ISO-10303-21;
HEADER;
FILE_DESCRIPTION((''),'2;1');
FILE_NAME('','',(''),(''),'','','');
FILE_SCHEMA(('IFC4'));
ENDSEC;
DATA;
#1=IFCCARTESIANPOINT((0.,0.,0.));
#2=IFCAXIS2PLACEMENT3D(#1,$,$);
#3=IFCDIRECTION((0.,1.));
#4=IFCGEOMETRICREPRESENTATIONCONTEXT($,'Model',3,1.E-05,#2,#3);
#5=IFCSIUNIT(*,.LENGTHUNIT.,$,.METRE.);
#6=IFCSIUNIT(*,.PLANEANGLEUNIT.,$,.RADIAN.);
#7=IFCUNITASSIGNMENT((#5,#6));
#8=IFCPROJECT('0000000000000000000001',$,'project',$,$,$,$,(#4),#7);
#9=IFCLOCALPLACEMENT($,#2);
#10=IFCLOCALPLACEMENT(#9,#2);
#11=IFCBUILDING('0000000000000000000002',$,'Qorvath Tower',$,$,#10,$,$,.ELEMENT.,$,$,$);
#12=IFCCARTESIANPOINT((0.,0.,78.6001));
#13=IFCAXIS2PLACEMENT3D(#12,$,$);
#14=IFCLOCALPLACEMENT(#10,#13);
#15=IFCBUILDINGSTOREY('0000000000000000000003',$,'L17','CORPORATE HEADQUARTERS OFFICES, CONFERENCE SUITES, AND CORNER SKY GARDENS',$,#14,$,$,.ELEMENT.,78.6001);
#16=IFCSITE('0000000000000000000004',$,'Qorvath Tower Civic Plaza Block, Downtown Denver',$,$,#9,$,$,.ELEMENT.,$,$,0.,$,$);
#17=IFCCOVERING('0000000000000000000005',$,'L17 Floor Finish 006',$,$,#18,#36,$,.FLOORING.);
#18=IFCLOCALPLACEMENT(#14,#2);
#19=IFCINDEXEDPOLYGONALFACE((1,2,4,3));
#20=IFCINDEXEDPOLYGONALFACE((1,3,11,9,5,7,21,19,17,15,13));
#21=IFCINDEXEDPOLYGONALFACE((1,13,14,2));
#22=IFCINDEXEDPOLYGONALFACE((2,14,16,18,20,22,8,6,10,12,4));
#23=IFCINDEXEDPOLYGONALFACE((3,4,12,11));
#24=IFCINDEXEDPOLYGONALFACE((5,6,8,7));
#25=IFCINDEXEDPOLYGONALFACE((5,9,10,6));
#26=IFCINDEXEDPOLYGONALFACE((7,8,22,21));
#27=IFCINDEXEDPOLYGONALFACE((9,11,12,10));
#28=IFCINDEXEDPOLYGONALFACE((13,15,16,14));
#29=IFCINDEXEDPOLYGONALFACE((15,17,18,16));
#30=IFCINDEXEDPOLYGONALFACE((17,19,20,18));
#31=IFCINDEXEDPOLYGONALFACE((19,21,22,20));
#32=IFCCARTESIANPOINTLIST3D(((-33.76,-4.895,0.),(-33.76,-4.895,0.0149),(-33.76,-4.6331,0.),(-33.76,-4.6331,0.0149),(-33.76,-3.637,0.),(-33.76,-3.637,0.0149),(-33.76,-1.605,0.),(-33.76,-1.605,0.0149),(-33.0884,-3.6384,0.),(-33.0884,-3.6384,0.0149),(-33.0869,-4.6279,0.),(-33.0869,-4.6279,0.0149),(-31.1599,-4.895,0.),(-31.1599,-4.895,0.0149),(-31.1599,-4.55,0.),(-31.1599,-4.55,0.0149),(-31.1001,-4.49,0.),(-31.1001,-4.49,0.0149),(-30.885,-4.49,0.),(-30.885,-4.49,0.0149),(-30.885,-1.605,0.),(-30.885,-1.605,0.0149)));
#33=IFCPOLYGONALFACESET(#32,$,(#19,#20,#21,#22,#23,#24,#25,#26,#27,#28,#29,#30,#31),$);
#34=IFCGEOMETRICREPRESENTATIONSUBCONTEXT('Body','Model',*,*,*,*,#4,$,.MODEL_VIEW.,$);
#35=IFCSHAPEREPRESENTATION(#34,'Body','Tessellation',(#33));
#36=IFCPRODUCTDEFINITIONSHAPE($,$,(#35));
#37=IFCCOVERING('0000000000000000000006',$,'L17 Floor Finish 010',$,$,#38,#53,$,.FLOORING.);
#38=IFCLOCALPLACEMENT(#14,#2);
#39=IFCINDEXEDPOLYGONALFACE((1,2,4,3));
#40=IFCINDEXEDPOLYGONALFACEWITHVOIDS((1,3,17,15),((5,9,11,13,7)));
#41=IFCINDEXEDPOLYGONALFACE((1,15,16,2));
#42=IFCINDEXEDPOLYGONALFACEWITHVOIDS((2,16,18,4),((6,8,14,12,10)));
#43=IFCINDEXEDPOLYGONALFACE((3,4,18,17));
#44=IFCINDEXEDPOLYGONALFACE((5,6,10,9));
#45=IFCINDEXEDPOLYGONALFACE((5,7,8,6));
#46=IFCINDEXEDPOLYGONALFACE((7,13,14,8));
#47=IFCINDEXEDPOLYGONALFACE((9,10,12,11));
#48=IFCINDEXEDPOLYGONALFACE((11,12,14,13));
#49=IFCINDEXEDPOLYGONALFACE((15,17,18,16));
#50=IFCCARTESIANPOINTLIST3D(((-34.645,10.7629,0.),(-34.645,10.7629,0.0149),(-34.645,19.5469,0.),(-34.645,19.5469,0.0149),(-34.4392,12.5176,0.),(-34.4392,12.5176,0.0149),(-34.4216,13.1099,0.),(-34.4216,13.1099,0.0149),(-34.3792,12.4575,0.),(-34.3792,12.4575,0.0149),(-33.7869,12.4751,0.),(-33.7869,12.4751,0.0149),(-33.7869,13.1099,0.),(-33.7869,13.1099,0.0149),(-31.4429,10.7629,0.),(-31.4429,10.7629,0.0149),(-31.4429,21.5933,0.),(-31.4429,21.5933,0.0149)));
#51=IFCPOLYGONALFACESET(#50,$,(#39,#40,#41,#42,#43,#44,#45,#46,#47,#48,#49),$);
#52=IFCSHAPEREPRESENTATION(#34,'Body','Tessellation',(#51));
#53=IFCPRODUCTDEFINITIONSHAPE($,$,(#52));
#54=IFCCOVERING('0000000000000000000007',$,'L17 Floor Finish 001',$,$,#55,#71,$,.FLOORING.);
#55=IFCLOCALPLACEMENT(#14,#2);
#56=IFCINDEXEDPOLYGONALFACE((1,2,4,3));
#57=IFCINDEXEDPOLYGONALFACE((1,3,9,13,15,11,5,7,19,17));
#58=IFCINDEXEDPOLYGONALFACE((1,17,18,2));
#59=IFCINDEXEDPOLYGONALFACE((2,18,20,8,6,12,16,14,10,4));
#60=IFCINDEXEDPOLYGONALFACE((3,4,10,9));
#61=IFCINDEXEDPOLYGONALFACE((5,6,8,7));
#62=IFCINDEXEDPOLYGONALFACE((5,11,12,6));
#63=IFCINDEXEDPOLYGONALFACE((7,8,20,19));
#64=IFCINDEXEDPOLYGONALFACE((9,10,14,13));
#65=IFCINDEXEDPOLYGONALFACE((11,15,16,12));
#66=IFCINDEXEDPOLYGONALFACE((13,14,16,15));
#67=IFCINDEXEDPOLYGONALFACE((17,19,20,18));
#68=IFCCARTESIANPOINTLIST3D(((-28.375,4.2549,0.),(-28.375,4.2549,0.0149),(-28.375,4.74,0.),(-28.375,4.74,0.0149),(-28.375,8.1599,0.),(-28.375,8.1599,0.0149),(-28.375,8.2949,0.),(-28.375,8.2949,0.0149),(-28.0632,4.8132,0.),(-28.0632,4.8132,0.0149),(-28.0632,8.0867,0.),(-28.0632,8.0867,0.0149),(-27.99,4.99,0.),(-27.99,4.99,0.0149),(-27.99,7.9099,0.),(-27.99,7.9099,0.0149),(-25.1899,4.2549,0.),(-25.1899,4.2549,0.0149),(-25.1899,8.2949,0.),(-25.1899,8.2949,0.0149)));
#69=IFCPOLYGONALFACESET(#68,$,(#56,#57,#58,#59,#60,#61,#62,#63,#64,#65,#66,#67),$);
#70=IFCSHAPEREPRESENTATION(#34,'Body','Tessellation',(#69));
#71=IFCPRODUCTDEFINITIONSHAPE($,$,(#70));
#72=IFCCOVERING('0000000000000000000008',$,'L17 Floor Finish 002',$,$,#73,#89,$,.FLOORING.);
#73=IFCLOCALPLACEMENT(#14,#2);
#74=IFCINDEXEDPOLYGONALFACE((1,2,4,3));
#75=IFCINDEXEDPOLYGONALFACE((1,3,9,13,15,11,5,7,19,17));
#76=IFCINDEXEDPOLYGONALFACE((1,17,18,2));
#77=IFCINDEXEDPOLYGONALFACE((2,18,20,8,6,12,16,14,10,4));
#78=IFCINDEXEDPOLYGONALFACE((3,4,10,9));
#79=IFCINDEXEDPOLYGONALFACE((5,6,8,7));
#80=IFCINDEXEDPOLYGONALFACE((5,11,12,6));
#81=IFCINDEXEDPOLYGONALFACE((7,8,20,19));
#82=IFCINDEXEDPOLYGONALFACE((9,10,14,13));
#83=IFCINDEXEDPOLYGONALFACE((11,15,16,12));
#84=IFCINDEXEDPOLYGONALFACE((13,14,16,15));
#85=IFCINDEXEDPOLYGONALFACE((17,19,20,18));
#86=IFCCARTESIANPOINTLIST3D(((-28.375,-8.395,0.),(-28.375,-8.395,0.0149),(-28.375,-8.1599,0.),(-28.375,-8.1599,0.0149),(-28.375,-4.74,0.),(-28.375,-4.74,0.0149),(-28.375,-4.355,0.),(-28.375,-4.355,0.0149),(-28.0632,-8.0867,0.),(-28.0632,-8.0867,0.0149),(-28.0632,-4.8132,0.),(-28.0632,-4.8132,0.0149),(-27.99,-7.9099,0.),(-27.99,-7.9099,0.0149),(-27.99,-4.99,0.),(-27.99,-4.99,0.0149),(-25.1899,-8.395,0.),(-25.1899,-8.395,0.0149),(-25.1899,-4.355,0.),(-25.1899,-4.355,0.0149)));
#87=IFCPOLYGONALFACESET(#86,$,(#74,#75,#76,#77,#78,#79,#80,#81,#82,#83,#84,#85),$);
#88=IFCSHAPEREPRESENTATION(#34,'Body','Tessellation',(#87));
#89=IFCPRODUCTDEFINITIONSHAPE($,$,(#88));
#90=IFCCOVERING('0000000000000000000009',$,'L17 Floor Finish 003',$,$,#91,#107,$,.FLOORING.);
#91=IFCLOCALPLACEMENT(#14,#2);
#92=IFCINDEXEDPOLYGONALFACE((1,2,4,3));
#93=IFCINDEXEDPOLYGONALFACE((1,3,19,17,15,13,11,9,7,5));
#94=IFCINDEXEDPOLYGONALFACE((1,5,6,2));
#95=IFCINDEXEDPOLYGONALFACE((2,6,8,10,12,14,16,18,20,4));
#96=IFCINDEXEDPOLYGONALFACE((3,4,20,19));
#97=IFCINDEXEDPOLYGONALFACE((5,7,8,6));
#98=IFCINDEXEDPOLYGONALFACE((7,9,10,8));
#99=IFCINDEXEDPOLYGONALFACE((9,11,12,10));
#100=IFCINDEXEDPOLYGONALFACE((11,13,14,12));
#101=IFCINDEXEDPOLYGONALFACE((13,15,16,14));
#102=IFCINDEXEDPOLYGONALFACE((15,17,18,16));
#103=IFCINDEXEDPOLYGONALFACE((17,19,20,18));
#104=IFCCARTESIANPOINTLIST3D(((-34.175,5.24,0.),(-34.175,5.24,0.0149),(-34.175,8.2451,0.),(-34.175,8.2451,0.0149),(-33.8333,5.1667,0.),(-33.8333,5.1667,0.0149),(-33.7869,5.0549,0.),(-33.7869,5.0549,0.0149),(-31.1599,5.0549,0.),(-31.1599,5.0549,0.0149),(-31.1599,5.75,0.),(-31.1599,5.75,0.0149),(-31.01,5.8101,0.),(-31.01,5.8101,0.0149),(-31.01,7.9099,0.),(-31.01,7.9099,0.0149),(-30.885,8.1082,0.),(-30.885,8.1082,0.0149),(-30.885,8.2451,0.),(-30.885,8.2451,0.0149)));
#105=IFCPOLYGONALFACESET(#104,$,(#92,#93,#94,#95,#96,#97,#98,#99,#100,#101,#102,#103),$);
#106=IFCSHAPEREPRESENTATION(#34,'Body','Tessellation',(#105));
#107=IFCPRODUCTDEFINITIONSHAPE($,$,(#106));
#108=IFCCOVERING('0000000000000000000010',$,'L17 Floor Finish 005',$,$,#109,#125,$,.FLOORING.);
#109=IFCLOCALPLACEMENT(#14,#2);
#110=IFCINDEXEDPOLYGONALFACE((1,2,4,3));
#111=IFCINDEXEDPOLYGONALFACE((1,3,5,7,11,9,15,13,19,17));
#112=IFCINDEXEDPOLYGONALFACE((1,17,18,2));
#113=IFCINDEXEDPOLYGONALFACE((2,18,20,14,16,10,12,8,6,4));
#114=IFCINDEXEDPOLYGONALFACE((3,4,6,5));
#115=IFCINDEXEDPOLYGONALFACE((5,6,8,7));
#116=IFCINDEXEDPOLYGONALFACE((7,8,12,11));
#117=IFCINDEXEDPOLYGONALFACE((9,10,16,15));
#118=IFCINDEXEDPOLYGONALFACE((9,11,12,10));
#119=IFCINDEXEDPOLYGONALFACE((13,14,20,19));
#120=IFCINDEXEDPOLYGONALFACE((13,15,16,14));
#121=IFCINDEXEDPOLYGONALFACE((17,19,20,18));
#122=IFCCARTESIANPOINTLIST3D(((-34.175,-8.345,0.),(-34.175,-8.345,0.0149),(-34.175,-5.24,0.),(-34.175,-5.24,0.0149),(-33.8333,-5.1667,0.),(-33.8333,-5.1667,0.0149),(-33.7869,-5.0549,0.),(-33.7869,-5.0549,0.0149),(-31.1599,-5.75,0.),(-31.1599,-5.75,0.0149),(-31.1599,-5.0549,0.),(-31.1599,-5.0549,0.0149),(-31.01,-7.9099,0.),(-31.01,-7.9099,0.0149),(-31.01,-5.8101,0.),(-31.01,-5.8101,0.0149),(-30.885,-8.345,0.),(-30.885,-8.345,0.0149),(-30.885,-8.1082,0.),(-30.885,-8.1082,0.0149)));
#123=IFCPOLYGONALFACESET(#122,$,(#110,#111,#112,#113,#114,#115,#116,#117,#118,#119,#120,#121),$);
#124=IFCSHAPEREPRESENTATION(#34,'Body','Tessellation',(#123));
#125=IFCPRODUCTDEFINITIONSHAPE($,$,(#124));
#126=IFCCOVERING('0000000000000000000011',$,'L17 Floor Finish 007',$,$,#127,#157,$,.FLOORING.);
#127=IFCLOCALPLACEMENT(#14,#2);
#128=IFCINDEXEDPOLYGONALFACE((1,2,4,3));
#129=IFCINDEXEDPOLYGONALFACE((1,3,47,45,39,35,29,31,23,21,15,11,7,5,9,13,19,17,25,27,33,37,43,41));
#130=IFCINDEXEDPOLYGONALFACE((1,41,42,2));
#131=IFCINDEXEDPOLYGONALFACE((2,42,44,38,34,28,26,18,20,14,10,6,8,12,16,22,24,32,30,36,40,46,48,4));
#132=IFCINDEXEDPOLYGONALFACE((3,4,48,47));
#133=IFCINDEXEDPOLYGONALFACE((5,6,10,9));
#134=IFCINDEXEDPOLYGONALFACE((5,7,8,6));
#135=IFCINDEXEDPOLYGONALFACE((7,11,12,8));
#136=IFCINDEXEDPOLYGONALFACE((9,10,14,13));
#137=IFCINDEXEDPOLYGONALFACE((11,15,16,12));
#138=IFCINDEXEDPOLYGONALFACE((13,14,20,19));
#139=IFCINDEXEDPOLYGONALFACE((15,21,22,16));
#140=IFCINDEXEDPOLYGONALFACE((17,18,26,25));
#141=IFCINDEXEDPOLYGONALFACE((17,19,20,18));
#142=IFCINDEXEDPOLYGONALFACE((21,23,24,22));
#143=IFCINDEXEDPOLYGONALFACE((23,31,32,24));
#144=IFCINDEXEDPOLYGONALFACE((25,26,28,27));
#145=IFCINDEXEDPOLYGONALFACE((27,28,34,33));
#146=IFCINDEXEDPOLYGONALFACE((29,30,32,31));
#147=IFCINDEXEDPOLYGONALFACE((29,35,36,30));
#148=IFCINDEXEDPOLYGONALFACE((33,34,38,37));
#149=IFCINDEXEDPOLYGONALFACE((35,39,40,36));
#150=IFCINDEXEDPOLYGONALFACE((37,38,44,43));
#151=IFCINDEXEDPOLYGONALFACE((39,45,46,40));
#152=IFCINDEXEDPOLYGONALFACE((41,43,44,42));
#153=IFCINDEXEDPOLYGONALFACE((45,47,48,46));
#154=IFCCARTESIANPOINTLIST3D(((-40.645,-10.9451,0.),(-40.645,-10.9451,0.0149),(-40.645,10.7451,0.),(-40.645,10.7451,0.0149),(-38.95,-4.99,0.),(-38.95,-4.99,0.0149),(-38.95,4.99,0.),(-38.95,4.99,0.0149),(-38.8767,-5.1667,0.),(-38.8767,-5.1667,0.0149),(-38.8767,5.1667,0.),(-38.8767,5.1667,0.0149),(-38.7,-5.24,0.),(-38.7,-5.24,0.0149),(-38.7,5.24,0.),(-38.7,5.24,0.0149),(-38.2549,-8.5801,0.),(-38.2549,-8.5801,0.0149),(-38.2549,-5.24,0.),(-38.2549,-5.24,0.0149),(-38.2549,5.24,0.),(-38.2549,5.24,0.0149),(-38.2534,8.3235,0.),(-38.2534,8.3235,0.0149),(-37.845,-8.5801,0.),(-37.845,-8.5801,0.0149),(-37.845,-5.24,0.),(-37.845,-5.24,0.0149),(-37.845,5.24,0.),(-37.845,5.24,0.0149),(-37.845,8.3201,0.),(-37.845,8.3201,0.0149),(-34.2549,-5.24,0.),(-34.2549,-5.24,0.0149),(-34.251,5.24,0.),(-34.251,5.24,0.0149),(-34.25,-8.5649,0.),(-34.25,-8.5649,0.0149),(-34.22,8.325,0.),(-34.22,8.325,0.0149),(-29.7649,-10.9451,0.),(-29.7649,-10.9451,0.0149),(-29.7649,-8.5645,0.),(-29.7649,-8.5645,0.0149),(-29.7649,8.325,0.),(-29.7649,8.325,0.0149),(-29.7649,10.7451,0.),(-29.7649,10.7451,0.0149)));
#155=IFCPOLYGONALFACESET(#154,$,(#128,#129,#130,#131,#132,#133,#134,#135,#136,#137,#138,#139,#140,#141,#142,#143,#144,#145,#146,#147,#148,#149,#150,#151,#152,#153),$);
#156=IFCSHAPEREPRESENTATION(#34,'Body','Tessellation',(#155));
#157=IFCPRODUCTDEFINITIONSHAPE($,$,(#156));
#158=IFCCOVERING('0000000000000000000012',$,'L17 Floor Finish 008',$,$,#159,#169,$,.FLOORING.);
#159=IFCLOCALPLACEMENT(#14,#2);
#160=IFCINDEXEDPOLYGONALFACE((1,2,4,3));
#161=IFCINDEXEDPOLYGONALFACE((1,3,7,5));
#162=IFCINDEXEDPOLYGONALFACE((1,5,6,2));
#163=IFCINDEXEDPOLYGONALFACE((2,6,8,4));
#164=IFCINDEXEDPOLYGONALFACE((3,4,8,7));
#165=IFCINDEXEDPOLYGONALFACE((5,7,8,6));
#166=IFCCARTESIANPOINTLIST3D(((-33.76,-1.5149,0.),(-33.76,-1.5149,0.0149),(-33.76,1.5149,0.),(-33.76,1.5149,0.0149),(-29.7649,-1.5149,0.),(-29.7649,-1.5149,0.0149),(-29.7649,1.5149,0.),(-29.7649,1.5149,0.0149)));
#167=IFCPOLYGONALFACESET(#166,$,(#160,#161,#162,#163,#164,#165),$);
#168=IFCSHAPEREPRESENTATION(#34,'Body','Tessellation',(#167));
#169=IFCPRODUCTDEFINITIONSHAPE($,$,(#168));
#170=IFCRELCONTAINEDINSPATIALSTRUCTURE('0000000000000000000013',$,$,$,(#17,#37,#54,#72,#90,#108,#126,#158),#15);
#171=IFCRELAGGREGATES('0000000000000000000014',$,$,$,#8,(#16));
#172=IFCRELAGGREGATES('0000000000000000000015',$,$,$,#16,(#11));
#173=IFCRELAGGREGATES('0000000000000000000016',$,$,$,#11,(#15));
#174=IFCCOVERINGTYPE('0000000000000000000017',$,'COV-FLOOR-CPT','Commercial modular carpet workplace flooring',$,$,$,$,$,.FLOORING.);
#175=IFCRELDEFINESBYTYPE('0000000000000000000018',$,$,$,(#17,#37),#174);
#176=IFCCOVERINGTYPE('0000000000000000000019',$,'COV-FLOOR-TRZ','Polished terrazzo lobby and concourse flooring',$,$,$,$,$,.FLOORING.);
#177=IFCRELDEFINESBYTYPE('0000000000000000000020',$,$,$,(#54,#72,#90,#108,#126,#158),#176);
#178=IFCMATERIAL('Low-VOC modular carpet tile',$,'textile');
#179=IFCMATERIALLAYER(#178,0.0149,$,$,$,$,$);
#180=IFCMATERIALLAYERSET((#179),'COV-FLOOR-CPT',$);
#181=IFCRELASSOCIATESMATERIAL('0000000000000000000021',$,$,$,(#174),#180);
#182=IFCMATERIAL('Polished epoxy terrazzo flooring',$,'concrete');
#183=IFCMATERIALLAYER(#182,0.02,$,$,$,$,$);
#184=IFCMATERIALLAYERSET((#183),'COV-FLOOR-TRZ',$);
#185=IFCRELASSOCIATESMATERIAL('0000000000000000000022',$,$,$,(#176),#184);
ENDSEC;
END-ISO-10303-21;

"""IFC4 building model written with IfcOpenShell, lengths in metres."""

from ifc_helpers import new_model, si_unit, direction, frame, origin, place, context, subcontext, project, spatial, polyline, outline, extrude, material, layer, layer_set, type_object, element, save


model = new_model("IFC4")

# Units and contexts
model_context = context("Model", 3, precision=1e-05, world=origin(), true_north=direction((0.0, 1.0)))
body_context = subcontext(model_context, "Body", "Model", "MODEL_VIEW")
ifc_project = project(units=[si_unit("LENGTHUNIT", "METRE"), si_unit("PLANEANGLEUNIT", "RADIAN")], contexts=[model_context])

# Site, building, storey
site_placement = place(None, origin())
site = spatial("IfcSite", under=ifc_project, at=site_placement, Name="Qorvath Tower Civic Plaza Block, Downtown Denver", CompositionType="ELEMENT", RefElevation=0.0)
building_placement = place(site_placement, origin())
building = spatial("IfcBuilding", under=site, at=building_placement, Name="Qorvath Tower", CompositionType="ELEMENT")
storey_placement = place(building_placement, frame((0.0, 0.0, 78.6001)))
storey = spatial("IfcBuildingStorey", under=building, at=storey_placement, Name="L17", Description="CORPORATE HEADQUARTERS OFFICES, CONFERENCE SUITES, AND CORNER SKY GARDENS", CompositionType="ELEMENT", Elevation=78.6001)

# Coverings
ifc_material_1 = material(Name="Low-VOC modular carpet tile", Category="textile")
ifc_layer_1 = layer(ifc_material_1, 0.0149)
ifc_layer_set_1 = layer_set([ifc_layer_1], Name="COV-FLOOR-CPT")
covering_type_1 = type_object("IfcCoveringType", Name="COV-FLOOR-CPT", Description="Commercial modular carpet workplace flooring", PredefinedType="FLOORING", material=ifc_layer_set_1)
covering_1_placement = place(storey_placement, origin())
element("IfcCovering", 1, at=covering_1_placement, inside=storey, type_object=covering_type_1, Name="L17 Floor Finish 006", PredefinedType="FLOORING", context=body_context, shape_type="SweptSolid", body=[
    extrude(outline(polyline([(-30.885, -4.49), (-30.885, -1.605), (-33.76, -1.605), (-33.76, -3.637), (-33.0884, -3.6384), (-33.0869, -4.6279), (-33.76, -4.6331), (-33.76, -4.895), (-31.1599, -4.895), (-31.1599, -4.55), (-31.1001, -4.49), (-30.885, -4.49)])), origin(), (0.0, 0.0, 1.0), 0.0149),
])
covering_2_placement = place(storey_placement, origin())
element("IfcCovering", 2, at=covering_2_placement, inside=storey, type_object=covering_type_1, Name="L17 Floor Finish 010", PredefinedType="FLOORING", context=body_context, shape_type="SweptSolid", body=[
    extrude(outline(polyline([(-31.4429, 10.7629), (-31.4429, 21.5933), (-34.645, 19.5469), (-34.645, 10.7629), (-31.4429, 10.7629)]), holes=[polyline([(-34.4392, 12.5176), (-34.4216, 13.1099), (-33.7869, 13.1099), (-33.7869, 12.4751), (-34.3792, 12.4575), (-34.4392, 12.5176)])]), origin(), (0.0, 0.0, 1.0), 0.0149),
])
ifc_material_2 = material(Name="Polished epoxy terrazzo flooring", Category="concrete")
ifc_layer_2 = layer(ifc_material_2, 0.02)
ifc_layer_set_2 = layer_set([ifc_layer_2], Name="COV-FLOOR-TRZ")
covering_type_2 = type_object("IfcCoveringType", Name="COV-FLOOR-TRZ", Description="Polished terrazzo lobby and concourse flooring", PredefinedType="FLOORING", material=ifc_layer_set_2)
covering_3_placement = place(storey_placement, origin())
element("IfcCovering", 3, at=covering_3_placement, inside=storey, type_object=covering_type_2, Name="L17 Floor Finish 001", PredefinedType="FLOORING", context=body_context, shape_type="SweptSolid", body=[
    extrude(outline(polyline([(-25.1899, 4.2549), (-25.1899, 8.2949), (-28.375, 8.2949), (-28.375, 8.1599), (-28.0632, 8.0867), (-27.99, 7.9099), (-27.99, 4.99), (-28.0632, 4.8132), (-28.375, 4.74), (-28.375, 4.2549), (-25.1899, 4.2549)])), origin(), (0.0, 0.0, 1.0), 0.0149),
])
covering_4_placement = place(storey_placement, origin())
element("IfcCovering", 4, at=covering_4_placement, inside=storey, type_object=covering_type_2, Name="L17 Floor Finish 002", PredefinedType="FLOORING", context=body_context, shape_type="SweptSolid", body=[
    extrude(outline(polyline([(-25.1899, -8.395), (-25.1899, -4.355), (-28.375, -4.355), (-28.375, -4.74), (-28.0632, -4.8132), (-27.99, -4.99), (-27.99, -7.9099), (-28.0632, -8.0867), (-28.375, -8.1599), (-28.375, -8.395), (-25.1899, -8.395)])), origin(), (0.0, 0.0, 1.0), 0.0149),
])
covering_5_placement = place(storey_placement, origin())
element("IfcCovering", 5, at=covering_5_placement, inside=storey, type_object=covering_type_2, Name="L17 Floor Finish 003", PredefinedType="FLOORING", context=body_context, shape_type="SweptSolid", body=[
    extrude(outline(polyline([(-31.01, 7.9099), (-30.885, 8.1082), (-30.885, 8.2451), (-34.175, 8.2451), (-34.175, 5.24), (-33.8333, 5.1667), (-33.7869, 5.0549), (-31.1599, 5.0549), (-31.1599, 5.75), (-31.01, 5.8101), (-31.01, 7.9099)])), origin(), (0.0, 0.0, 1.0), 0.0149),
])
covering_6_placement = place(storey_placement, origin())
element("IfcCovering", 6, at=covering_6_placement, inside=storey, type_object=covering_type_2, Name="L17 Floor Finish 005", PredefinedType="FLOORING", context=body_context, shape_type="SweptSolid", body=[
    extrude(outline(polyline([(-31.1599, -5.0549), (-33.7869, -5.0549), (-33.8333, -5.1667), (-34.175, -5.24), (-34.175, -8.345), (-30.885, -8.345), (-30.885, -8.1082), (-31.01, -7.9099), (-31.01, -5.8101), (-31.1599, -5.75), (-31.1599, -5.0549)])), origin(), (0.0, 0.0, 1.0), 0.0149),
])
covering_7_placement = place(storey_placement, origin())
element("IfcCovering", 7, at=covering_7_placement, inside=storey, type_object=covering_type_2, Name="L17 Floor Finish 007", PredefinedType="FLOORING", context=body_context, shape_type="SweptSolid", body=[
    extrude(outline(polyline([(-29.7649, -10.9451), (-29.7649, -8.5645), (-34.25, -8.5649), (-34.2549, -5.24), (-37.845, -5.24), (-37.845, -8.5801), (-38.2549, -8.5801), (-38.2549, -5.24), (-38.7, -5.24), (-38.8767, -5.1667), (-38.95, -4.99), (-38.95, 4.99), (-38.8767, 5.1667), (-38.7, 5.24), (-38.2549, 5.24), (-38.2534, 8.3235), (-37.845, 8.3201), (-37.845, 5.24), (-34.251, 5.24), (-34.22, 8.325), (-29.7649, 8.325), (-29.7649, 10.7451), (-40.645, 10.7451), (-40.645, -10.9451), (-29.7649, -10.9451)])), origin(), (0.0, 0.0, 1.0), 0.0149),
])
covering_8_placement = place(storey_placement, origin())
element("IfcCovering", 8, at=covering_8_placement, inside=storey, type_object=covering_type_2, Name="L17 Floor Finish 008", PredefinedType="FLOORING", context=body_context, shape_type="SweptSolid", body=[
    extrude(outline(polyline([(-29.7649, -1.5149), (-29.7649, 1.5149), (-33.76, 1.5149), (-33.76, -1.5149), (-29.7649, -1.5149)])), origin(), (0.0, 0.0, 1.0), 0.0149),
])

save(model, "model.ifc")
